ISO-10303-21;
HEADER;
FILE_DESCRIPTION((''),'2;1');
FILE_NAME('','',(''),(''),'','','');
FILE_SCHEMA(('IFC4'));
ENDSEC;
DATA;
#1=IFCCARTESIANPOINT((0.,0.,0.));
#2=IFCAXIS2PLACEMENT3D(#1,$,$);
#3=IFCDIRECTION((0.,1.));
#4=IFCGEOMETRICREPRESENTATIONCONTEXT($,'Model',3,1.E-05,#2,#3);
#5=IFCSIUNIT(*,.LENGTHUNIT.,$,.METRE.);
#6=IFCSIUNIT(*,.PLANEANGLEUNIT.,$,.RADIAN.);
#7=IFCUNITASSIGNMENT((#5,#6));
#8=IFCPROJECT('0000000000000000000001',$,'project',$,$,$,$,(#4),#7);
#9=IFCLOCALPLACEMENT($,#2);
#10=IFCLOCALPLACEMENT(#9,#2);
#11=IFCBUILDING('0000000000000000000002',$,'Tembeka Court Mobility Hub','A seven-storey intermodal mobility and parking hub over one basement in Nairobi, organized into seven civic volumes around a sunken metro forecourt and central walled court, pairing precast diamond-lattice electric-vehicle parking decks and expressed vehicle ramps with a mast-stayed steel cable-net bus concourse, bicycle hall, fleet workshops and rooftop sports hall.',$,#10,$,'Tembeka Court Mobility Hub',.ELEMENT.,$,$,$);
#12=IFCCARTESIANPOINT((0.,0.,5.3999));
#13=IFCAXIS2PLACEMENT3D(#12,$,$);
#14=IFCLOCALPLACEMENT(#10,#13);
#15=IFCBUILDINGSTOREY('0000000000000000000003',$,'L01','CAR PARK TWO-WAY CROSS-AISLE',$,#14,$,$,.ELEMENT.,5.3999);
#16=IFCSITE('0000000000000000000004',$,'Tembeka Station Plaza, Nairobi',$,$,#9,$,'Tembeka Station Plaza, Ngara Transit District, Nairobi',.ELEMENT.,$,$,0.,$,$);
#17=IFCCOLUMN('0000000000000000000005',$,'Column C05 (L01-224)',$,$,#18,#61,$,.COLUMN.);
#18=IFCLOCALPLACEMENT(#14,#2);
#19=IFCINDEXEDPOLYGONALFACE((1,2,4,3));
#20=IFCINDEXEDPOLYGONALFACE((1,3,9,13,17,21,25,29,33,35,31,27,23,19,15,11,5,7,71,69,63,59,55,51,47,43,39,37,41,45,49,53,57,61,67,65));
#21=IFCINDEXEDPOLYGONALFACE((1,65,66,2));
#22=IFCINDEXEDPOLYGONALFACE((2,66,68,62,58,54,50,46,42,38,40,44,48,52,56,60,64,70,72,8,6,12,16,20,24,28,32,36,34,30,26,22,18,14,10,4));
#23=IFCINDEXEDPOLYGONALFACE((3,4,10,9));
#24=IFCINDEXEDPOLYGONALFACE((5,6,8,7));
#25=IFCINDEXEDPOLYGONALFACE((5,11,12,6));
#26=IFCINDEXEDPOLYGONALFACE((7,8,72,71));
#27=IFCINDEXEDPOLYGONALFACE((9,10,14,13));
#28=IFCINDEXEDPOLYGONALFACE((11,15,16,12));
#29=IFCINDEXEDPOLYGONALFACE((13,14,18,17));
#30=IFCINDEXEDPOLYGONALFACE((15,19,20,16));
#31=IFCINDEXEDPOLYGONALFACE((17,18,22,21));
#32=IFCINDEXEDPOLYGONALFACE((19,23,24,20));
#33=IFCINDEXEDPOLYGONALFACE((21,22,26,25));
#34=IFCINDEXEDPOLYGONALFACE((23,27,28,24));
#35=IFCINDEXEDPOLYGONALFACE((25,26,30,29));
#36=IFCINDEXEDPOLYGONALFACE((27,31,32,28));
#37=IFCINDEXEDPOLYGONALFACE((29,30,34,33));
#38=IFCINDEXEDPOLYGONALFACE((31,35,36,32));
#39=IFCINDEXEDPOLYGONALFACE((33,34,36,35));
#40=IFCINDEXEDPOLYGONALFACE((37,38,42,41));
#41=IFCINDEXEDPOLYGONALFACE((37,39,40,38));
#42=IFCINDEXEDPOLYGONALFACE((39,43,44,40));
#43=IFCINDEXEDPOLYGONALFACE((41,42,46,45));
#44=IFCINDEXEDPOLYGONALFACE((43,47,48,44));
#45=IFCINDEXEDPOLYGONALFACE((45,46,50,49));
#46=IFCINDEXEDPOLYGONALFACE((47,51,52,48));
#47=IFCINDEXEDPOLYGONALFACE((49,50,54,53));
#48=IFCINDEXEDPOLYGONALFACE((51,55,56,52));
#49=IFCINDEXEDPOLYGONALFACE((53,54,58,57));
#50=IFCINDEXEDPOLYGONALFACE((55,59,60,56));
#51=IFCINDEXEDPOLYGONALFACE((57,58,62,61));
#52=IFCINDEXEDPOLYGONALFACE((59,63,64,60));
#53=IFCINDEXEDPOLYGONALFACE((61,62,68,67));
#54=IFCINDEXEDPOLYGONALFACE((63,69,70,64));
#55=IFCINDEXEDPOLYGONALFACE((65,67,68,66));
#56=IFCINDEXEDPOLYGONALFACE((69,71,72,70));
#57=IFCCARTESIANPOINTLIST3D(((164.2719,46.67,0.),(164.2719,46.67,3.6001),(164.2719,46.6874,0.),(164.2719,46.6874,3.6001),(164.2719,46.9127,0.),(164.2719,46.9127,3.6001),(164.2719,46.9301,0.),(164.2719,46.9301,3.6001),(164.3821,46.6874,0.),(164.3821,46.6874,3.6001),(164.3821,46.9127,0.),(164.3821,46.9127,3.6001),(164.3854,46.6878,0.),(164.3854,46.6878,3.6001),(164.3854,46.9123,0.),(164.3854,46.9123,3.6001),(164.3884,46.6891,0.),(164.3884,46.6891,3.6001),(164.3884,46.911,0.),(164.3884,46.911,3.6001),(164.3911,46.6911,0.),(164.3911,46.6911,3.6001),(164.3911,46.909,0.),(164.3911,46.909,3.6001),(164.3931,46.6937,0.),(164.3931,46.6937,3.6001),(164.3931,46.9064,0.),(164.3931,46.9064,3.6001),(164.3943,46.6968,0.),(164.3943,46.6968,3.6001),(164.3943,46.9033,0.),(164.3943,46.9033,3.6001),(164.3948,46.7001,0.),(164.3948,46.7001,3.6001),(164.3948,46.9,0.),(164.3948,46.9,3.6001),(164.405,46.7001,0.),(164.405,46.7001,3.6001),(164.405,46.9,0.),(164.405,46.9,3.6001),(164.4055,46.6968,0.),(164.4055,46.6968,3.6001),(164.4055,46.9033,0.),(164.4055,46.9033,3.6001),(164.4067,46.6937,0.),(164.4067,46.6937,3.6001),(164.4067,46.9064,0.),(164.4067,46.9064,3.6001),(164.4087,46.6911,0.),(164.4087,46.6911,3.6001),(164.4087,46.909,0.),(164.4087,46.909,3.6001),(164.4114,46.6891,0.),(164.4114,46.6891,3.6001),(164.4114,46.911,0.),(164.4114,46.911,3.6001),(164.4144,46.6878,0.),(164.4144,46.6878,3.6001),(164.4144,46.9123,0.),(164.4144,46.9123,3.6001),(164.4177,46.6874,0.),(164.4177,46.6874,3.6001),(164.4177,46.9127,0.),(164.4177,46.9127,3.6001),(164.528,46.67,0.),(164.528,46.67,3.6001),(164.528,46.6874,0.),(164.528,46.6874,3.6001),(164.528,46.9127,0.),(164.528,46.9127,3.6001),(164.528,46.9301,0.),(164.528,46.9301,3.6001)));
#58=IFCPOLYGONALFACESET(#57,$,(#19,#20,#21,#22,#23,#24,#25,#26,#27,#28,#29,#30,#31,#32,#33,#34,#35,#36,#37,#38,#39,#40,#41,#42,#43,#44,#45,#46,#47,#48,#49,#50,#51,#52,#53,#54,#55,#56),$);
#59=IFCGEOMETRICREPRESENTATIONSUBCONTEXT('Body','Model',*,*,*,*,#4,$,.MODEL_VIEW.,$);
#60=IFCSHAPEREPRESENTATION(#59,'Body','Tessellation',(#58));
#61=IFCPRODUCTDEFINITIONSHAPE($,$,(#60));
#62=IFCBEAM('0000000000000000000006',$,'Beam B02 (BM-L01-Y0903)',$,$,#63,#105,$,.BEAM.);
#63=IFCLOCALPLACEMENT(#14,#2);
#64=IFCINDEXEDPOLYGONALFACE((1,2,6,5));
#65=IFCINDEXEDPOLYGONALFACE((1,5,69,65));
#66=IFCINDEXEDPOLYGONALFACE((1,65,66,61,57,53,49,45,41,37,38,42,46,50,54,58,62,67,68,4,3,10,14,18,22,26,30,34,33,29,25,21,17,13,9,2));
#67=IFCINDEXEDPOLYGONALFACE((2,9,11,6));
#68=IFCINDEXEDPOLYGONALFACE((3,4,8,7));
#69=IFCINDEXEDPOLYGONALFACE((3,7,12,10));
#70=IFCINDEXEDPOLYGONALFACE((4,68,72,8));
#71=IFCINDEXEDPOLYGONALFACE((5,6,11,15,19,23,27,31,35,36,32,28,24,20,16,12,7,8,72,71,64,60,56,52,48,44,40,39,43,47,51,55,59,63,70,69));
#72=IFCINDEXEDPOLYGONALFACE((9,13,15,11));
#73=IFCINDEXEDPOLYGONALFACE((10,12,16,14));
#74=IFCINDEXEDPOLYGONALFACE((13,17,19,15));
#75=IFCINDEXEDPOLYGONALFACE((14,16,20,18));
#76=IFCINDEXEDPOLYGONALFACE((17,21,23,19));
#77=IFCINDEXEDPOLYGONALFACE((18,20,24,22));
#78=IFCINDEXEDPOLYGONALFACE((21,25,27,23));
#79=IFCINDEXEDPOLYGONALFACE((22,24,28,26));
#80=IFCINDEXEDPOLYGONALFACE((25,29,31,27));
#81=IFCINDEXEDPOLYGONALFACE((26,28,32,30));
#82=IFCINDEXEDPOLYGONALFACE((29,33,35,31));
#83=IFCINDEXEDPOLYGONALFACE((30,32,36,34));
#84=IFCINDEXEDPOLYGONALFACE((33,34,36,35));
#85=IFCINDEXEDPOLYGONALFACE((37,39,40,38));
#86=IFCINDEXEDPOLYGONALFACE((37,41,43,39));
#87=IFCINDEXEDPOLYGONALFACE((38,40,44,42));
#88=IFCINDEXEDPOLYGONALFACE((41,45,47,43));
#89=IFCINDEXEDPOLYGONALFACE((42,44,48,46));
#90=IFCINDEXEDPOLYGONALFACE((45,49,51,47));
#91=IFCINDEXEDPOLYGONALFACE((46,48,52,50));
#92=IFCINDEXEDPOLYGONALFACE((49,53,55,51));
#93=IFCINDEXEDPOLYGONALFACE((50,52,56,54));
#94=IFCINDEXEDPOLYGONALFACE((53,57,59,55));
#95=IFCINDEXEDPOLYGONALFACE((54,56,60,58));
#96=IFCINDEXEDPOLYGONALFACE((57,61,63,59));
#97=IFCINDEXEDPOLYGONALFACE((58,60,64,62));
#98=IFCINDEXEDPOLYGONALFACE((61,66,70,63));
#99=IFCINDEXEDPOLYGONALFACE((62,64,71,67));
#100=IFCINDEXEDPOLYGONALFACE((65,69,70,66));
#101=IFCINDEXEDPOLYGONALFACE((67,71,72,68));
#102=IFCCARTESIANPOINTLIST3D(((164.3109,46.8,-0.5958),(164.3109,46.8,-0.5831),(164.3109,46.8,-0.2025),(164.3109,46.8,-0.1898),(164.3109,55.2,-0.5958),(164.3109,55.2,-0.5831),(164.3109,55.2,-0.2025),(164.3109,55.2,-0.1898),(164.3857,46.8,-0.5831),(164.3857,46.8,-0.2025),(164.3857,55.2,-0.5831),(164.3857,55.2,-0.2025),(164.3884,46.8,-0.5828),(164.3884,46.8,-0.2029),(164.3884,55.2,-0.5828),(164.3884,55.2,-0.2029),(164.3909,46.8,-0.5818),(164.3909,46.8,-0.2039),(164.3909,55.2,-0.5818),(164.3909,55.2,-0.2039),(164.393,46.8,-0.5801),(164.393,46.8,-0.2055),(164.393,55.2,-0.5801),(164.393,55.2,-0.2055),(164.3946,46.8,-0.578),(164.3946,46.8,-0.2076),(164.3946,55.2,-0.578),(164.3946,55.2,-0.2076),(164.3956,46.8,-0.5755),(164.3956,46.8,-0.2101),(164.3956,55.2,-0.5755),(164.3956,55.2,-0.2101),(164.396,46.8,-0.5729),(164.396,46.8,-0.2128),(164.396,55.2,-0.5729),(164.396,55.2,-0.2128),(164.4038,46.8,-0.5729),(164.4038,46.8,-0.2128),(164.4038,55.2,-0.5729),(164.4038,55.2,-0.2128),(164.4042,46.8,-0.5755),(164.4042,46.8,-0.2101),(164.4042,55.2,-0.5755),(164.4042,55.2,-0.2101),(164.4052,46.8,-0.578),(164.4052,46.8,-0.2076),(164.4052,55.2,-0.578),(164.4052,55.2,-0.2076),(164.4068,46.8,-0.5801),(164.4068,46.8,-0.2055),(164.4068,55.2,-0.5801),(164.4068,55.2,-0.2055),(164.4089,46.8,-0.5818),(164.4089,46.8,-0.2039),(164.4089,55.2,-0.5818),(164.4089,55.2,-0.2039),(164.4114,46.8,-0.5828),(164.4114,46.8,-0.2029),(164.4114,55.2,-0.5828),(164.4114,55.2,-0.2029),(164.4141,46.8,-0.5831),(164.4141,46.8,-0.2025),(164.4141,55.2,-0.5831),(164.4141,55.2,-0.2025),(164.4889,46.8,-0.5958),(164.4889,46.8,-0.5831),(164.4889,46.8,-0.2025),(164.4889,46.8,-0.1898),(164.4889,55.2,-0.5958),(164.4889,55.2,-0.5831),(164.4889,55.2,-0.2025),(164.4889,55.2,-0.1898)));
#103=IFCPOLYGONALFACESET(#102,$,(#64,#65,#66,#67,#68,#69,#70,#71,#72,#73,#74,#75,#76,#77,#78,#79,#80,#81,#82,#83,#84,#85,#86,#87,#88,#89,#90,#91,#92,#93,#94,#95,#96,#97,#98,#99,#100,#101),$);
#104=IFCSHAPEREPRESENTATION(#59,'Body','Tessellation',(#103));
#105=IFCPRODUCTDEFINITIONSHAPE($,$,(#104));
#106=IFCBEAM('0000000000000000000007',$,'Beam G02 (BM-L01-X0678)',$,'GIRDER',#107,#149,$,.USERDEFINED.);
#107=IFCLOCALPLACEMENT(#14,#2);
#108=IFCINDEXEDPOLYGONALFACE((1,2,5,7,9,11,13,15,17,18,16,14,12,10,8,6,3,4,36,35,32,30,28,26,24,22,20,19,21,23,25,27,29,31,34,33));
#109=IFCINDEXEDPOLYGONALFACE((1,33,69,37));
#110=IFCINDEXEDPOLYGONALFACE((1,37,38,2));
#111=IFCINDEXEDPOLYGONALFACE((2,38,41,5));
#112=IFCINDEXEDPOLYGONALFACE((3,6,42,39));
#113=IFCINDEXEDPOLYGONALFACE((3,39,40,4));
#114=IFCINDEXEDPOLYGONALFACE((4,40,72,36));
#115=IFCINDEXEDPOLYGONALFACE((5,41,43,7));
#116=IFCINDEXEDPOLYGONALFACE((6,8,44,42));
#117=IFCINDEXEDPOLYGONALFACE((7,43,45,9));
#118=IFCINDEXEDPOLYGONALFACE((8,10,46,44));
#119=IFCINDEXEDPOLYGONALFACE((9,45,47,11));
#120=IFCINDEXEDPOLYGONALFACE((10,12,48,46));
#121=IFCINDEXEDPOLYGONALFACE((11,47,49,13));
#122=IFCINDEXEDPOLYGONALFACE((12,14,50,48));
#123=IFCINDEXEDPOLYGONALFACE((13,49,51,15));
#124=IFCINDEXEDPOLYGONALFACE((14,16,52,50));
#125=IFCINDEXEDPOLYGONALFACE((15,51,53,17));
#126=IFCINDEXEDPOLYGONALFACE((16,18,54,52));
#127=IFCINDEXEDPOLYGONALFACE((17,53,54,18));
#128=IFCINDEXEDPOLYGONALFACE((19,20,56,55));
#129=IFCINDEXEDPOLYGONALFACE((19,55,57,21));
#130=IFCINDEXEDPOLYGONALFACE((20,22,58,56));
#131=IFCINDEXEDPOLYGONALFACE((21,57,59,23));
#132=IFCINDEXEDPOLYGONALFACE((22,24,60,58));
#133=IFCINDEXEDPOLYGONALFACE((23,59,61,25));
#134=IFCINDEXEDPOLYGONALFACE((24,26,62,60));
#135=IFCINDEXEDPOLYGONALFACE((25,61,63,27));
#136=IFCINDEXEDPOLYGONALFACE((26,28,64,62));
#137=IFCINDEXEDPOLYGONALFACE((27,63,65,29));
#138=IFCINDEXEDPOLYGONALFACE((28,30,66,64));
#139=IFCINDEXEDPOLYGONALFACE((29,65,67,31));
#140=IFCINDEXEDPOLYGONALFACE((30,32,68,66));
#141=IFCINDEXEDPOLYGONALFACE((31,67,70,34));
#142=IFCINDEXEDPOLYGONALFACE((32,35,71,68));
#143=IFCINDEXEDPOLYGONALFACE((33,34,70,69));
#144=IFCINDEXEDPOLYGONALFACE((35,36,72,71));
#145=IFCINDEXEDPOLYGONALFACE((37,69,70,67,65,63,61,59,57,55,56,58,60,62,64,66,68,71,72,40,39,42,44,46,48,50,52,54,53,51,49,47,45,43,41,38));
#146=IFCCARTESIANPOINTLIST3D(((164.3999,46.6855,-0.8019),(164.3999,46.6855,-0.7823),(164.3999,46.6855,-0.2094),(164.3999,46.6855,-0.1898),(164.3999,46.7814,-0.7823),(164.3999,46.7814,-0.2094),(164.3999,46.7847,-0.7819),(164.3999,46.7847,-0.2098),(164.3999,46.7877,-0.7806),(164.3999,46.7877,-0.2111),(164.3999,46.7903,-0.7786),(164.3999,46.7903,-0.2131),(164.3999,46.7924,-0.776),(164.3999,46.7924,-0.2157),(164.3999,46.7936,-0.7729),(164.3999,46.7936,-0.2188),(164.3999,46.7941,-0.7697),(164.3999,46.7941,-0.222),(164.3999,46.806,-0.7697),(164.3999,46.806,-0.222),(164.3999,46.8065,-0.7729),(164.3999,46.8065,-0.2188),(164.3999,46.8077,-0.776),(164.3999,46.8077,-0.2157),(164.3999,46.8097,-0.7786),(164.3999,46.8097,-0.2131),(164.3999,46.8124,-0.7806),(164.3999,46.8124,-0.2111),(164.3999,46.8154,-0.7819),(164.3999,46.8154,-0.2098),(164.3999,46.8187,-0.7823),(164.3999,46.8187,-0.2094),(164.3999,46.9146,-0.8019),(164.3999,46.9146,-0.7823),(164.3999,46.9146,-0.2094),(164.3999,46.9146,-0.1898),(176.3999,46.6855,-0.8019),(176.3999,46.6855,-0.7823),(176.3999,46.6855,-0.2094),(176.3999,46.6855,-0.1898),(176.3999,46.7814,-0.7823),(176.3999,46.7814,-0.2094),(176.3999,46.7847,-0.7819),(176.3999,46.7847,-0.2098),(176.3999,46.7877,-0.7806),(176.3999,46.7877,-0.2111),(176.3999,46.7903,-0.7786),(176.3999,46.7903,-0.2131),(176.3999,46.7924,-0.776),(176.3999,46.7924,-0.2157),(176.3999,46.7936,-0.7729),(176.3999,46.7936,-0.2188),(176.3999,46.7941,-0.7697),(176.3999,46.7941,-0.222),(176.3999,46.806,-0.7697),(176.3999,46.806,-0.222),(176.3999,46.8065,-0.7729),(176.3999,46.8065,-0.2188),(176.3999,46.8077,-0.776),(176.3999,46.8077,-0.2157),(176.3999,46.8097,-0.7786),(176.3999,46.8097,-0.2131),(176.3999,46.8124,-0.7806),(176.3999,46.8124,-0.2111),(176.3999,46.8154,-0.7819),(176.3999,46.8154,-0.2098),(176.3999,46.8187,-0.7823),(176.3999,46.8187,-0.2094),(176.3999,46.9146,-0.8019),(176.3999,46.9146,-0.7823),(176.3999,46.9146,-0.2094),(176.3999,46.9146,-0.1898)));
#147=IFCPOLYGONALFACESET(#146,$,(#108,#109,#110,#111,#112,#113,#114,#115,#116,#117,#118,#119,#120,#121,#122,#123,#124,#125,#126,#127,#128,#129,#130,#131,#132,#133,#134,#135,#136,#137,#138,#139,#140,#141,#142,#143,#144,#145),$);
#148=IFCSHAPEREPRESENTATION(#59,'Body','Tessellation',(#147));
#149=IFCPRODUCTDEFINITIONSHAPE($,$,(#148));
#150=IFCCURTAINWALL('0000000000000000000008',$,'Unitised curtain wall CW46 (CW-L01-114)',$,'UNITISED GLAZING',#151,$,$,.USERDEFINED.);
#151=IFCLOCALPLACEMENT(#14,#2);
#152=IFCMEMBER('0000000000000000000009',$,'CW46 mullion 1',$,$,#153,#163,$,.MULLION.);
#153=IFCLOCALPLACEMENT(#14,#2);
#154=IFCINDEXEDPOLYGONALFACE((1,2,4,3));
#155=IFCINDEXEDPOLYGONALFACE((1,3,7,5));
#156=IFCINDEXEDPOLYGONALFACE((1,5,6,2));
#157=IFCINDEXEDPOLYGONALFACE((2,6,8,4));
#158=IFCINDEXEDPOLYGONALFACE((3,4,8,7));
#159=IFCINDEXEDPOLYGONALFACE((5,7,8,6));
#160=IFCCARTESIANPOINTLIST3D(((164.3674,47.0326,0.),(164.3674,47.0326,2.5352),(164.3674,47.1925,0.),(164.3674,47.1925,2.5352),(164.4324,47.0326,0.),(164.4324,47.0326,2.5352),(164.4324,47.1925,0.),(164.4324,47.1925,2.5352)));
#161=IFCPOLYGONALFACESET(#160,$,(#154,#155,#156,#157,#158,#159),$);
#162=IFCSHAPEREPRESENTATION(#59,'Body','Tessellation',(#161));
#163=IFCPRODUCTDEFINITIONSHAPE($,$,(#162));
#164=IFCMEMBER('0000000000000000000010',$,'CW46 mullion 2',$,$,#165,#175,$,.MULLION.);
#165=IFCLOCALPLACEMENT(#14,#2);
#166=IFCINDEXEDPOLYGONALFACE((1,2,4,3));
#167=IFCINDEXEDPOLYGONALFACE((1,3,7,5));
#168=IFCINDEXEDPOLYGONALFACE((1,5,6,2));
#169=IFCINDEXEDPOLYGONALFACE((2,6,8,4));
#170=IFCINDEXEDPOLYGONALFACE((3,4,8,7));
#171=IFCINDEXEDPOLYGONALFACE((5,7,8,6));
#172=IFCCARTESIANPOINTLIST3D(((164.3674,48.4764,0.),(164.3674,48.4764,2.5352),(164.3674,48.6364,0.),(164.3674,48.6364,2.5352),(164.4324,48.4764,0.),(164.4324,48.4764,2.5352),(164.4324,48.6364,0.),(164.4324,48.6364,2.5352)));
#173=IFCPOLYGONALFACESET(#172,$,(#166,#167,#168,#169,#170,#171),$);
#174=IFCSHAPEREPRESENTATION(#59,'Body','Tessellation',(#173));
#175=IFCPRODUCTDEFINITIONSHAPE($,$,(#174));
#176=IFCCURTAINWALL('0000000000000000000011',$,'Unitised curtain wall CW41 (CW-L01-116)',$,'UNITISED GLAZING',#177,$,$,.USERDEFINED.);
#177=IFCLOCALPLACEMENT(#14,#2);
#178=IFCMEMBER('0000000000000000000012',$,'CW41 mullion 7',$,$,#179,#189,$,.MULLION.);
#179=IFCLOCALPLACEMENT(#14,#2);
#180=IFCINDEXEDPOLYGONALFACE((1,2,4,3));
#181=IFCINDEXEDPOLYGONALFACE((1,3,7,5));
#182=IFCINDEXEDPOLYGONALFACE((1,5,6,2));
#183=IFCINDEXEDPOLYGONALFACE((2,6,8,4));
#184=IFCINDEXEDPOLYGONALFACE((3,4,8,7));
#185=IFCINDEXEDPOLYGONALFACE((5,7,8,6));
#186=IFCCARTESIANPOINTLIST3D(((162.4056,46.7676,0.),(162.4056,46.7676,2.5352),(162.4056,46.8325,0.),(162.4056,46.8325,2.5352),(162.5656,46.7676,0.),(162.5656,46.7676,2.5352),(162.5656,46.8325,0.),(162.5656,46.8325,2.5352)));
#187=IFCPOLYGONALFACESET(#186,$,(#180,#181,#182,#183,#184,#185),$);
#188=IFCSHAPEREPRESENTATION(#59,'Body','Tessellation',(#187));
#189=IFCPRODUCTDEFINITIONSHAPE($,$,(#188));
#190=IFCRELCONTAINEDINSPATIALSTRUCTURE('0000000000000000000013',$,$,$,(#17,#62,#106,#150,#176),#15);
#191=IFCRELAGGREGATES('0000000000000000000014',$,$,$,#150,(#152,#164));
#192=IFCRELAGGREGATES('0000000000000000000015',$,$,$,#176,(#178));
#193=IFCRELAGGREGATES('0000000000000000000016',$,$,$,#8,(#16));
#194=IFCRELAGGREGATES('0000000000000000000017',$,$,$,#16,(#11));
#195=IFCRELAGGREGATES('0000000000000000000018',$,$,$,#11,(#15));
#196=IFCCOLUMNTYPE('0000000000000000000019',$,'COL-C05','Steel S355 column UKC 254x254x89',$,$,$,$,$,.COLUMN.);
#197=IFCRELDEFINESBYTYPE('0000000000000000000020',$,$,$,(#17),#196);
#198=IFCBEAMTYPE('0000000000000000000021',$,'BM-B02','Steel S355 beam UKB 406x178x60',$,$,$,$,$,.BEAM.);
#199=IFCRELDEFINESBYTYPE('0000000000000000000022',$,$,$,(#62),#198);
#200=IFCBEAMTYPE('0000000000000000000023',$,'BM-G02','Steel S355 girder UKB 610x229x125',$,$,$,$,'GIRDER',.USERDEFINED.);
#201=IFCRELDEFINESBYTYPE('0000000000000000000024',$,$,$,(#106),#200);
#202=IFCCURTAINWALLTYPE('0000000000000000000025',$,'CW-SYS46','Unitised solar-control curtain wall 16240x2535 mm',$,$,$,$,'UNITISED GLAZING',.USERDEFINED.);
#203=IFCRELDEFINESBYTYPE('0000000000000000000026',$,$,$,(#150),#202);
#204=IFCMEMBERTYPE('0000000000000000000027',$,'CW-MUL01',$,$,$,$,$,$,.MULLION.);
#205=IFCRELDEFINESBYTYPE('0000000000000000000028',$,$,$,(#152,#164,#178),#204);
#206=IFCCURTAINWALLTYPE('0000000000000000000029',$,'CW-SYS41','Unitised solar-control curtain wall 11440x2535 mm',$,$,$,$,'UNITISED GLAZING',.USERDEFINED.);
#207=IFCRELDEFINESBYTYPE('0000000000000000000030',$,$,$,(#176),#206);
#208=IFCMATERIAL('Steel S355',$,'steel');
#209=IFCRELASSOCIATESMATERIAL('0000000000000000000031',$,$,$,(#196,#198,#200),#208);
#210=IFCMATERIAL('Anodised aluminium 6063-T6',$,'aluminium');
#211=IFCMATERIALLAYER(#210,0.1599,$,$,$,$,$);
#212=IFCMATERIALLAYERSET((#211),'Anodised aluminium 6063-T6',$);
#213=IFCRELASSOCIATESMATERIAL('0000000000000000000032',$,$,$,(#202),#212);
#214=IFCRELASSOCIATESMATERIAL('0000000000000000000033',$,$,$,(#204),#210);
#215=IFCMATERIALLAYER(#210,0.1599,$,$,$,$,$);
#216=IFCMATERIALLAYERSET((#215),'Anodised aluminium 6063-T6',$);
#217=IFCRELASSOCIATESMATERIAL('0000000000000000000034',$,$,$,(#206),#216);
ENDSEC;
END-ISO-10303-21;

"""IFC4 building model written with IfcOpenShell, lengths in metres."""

from ifc_helpers import new_model, si_unit, direction, frame, origin, origin_2d, place, context, subcontext, project, spatial, rectangle, i_section, extrude, material, layer, layer_set, material_profile, profile_set, type_object, element, aggregate, save


model = new_model("IFC4")

# Units and contexts
model_context = context("Model", 3, precision=1e-05, world=origin(), true_north=direction((0.0, 1.0)))
body_context = subcontext(model_context, "Body", "Model", "MODEL_VIEW")
ifc_project = project(units=[si_unit("LENGTHUNIT", "METRE"), si_unit("PLANEANGLEUNIT", "RADIAN")], contexts=[model_context])

# Site, building, storey
site_placement = place(None, origin())
site = spatial("IfcSite", under=ifc_project, at=site_placement, Name="Tembeka Station Plaza, Nairobi", LongName="Tembeka Station Plaza, Ngara Transit District, Nairobi", CompositionType="ELEMENT", RefElevation=0.0)
building_placement = place(site_placement, origin())
building = spatial("IfcBuilding", under=site, at=building_placement, Name="Tembeka Court Mobility Hub", Description="A seven-storey intermodal mobility and parking hub over one basement in Nairobi, organized into seven civic volumes around a sunken metro forecourt and central walled court, pairing precast diamond-lattice electric-vehicle parking decks and expressed vehicle ramps with a mast-stayed steel cable-net bus concourse, bicycle hall, fleet workshops and rooftop sports hall.", LongName="Tembeka Court Mobility Hub", CompositionType="ELEMENT")
storey_placement = place(building_placement, frame((0.0, 0.0, 5.3999)))
storey = spatial("IfcBuildingStorey", under=building, at=storey_placement, Name="L01", Description="CAR PARK TWO-WAY CROSS-AISLE", CompositionType="ELEMENT", Elevation=5.3999)

# Column
ifc_material_1 = material(Name="Steel S355", Category="steel")
ifc_material_profile_1 = material_profile(ifc_material_1, i_section(OverallWidth=0.2561, OverallDepth=0.26, WebThickness=0.0103, FlangeThickness=0.0173, FilletRadius=0.0127, at=origin_2d()), Name="UKC 254x254x89")
ifc_profile_set_1 = profile_set([ifc_material_profile_1], Name="Steel S355")
column_type = type_object("IfcColumnType", Name="COL-C05", Description="Steel S355 column UKC 254x254x89", PredefinedType="COLUMN", material=ifc_profile_set_1)
column_placement = place(storey_placement, frame((164.3999, 46.8, 0.0), z_axis=(0.0, 0.0, 1.0), x_axis=(1.0, 0.0, 0.0)))
element("IfcColumn", 1, at=column_placement, inside=storey, type_object=column_type, Name="Column C05 (L01-224)", PredefinedType="COLUMN", context=body_context, shape_type="SweptSolid", body=[
    extrude(i_section(OverallWidth=0.2561, OverallDepth=0.26, WebThickness=0.0103, FlangeThickness=0.0173, FilletRadius=0.0127, at=origin_2d()), origin(), (0.0, 0.0, 1.0), 3.6001),
])

# Beams
ifc_material_profile_2 = material_profile(ifc_material_1, i_section(OverallWidth=0.178, OverallDepth=0.406, WebThickness=0.0078, FlangeThickness=0.0127, FilletRadius=0.0103, at=origin_2d()), Name="UKB 406x178x60")
ifc_profile_set_2 = profile_set([ifc_material_profile_2], Name="Steel S355")
beam_type_1 = type_object("IfcBeamType", Name="BM-B02", Description="Steel S355 beam UKB 406x178x60", PredefinedType="BEAM", material=ifc_profile_set_2)
beam_1_placement = place(storey_placement, frame((164.3999, 46.8, -0.3928), z_axis=(0.0, 1.0, 0.0), x_axis=(-1.0, 0.0, 0.0)))
element("IfcBeam", 2, at=beam_1_placement, inside=storey, type_object=beam_type_1, Name="Beam B02 (BM-L01-Y0903)", PredefinedType="BEAM", context=body_context, shape_type="SweptSolid", body=[
    extrude(i_section(OverallWidth=0.178, OverallDepth=0.406, WebThickness=0.0078, FlangeThickness=0.0127, FilletRadius=0.0103, at=origin_2d()), origin(), (0.0, 0.0, 1.0), 8.3999),
])
ifc_material_profile_3 = material_profile(ifc_material_1, i_section(OverallWidth=0.229, OverallDepth=0.6121, WebThickness=0.012, FlangeThickness=0.0195, FilletRadius=0.0127, at=origin_2d()), Name="UKB 610x229x125")
ifc_profile_set_3 = profile_set([ifc_material_profile_3], Name="Steel S355")
beam_type_2 = type_object("IfcBeamType", Name="BM-G02", Description="Steel S355 girder UKB 610x229x125", ElementType="GIRDER", PredefinedType="USERDEFINED", material=ifc_profile_set_3)
beam_2_placement = place(storey_placement, frame((164.3999, 46.8, -0.4958), z_axis=(1.0, 0.0, 0.0), x_axis=(0.0, 1.0, 0.0)))
element("IfcBeam", 3, at=beam_2_placement, inside=storey, type_object=beam_type_2, Name="Beam G02 (BM-L01-X0678)", ObjectType="GIRDER", PredefinedType="USERDEFINED", context=body_context, shape_type="SweptSolid", body=[
    extrude(i_section(OverallWidth=0.229, OverallDepth=0.6121, WebThickness=0.012, FlangeThickness=0.0195, FilletRadius=0.0127, at=origin_2d()), origin(), (0.0, 0.0, 1.0), 12.0),
])

# Curtain walls, members
ifc_material_2 = material(Name="Anodised aluminium 6063-T6", Category="aluminium")
ifc_layer_1 = layer(ifc_material_2, 0.1599)
ifc_layer_set_1 = layer_set([ifc_layer_1], Name="Anodised aluminium 6063-T6")
curtain_wall_type_1 = type_object("IfcCurtainWallType", Name="CW-SYS46", Description="Unitised solar-control curtain wall 16240x2535 mm", ElementType="UNITISED GLAZING", PredefinedType="USERDEFINED", material=ifc_layer_set_1)
curtain_wall_1_placement = place(storey_placement, origin())
curtain_wall_1 = element("IfcCurtainWall", 4, at=curtain_wall_1_placement, inside=storey, type_object=curtain_wall_type_1, Name="Unitised curtain wall CW46 (CW-L01-114)", ObjectType="UNITISED GLAZING", PredefinedType="USERDEFINED")
ifc_material_profile_4 = material_profile(ifc_material_2, rectangle(XDim=0.0649, YDim=0.1599, at=origin_2d()), Name="ALU-MUL 65x160")
ifc_profile_set_4 = profile_set([ifc_material_profile_4], Name="Anodised aluminium 6063-T6")
member_type_1 = type_object("IfcMemberType", Name="CW-MUL01", PredefinedType="MULLION", material=ifc_profile_set_4)
member_1_placement = place(storey_placement, frame((164.3999, 47.1125, 0.0), z_axis=(0.0, 0.0, 1.0), x_axis=(-1.0, 0.0, 0.0)))
member_1 = element("IfcMember", 5, at=member_1_placement, type_object=member_type_1, Name="CW46 mullion 1", PredefinedType="MULLION", context=body_context, shape_type="SweptSolid", body=[
    extrude(rectangle(XDim=0.0649, YDim=0.1599, at=origin_2d()), origin(), (0.0, 0.0, 1.0), 2.5352),
])
member_2_placement = place(storey_placement, frame((164.3999, 48.5564, 0.0), z_axis=(0.0, 0.0, 1.0), x_axis=(-1.0, 0.0, 0.0)))
member_2 = element("IfcMember", 6, at=member_2_placement, type_object=member_type_1, Name="CW46 mullion 2", PredefinedType="MULLION", context=body_context, shape_type="SweptSolid", body=[
    extrude(rectangle(XDim=0.0649, YDim=0.1599, at=origin_2d()), origin(), (0.0, 0.0, 1.0), 2.5352),
])
ifc_layer_2 = layer(ifc_material_2, 0.1599)
ifc_layer_set_2 = layer_set([ifc_layer_2], Name="Anodised aluminium 6063-T6")
curtain_wall_type_2 = type_object("IfcCurtainWallType", Name="CW-SYS41", Description="Unitised solar-control curtain wall 11440x2535 mm", ElementType="UNITISED GLAZING", PredefinedType="USERDEFINED", material=ifc_layer_set_2)
curtain_wall_2_placement = place(storey_placement, origin())
curtain_wall_2 = element("IfcCurtainWall", 7, at=curtain_wall_2_placement, inside=storey, type_object=curtain_wall_type_2, Name="Unitised curtain wall CW41 (CW-L01-116)", ObjectType="UNITISED GLAZING", PredefinedType="USERDEFINED")
member_3_placement = place(storey_placement, frame((162.4856, 46.8, 0.0), z_axis=(0.0, 0.0, 1.0), x_axis=(0.0, 1.0, 0.0)))
member_3 = element("IfcMember", 8, at=member_3_placement, type_object=member_type_1, Name="CW41 mullion 7", PredefinedType="MULLION", context=body_context, shape_type="SweptSolid", body=[
    extrude(rectangle(XDim=0.0649, YDim=0.1599, at=origin_2d()), origin(), (0.0, 0.0, 1.0), 2.5352),
])

aggregate(curtain_wall_1, [member_1, member_2])
aggregate(curtain_wall_2, [member_3])

save(model, "model.ifc")
